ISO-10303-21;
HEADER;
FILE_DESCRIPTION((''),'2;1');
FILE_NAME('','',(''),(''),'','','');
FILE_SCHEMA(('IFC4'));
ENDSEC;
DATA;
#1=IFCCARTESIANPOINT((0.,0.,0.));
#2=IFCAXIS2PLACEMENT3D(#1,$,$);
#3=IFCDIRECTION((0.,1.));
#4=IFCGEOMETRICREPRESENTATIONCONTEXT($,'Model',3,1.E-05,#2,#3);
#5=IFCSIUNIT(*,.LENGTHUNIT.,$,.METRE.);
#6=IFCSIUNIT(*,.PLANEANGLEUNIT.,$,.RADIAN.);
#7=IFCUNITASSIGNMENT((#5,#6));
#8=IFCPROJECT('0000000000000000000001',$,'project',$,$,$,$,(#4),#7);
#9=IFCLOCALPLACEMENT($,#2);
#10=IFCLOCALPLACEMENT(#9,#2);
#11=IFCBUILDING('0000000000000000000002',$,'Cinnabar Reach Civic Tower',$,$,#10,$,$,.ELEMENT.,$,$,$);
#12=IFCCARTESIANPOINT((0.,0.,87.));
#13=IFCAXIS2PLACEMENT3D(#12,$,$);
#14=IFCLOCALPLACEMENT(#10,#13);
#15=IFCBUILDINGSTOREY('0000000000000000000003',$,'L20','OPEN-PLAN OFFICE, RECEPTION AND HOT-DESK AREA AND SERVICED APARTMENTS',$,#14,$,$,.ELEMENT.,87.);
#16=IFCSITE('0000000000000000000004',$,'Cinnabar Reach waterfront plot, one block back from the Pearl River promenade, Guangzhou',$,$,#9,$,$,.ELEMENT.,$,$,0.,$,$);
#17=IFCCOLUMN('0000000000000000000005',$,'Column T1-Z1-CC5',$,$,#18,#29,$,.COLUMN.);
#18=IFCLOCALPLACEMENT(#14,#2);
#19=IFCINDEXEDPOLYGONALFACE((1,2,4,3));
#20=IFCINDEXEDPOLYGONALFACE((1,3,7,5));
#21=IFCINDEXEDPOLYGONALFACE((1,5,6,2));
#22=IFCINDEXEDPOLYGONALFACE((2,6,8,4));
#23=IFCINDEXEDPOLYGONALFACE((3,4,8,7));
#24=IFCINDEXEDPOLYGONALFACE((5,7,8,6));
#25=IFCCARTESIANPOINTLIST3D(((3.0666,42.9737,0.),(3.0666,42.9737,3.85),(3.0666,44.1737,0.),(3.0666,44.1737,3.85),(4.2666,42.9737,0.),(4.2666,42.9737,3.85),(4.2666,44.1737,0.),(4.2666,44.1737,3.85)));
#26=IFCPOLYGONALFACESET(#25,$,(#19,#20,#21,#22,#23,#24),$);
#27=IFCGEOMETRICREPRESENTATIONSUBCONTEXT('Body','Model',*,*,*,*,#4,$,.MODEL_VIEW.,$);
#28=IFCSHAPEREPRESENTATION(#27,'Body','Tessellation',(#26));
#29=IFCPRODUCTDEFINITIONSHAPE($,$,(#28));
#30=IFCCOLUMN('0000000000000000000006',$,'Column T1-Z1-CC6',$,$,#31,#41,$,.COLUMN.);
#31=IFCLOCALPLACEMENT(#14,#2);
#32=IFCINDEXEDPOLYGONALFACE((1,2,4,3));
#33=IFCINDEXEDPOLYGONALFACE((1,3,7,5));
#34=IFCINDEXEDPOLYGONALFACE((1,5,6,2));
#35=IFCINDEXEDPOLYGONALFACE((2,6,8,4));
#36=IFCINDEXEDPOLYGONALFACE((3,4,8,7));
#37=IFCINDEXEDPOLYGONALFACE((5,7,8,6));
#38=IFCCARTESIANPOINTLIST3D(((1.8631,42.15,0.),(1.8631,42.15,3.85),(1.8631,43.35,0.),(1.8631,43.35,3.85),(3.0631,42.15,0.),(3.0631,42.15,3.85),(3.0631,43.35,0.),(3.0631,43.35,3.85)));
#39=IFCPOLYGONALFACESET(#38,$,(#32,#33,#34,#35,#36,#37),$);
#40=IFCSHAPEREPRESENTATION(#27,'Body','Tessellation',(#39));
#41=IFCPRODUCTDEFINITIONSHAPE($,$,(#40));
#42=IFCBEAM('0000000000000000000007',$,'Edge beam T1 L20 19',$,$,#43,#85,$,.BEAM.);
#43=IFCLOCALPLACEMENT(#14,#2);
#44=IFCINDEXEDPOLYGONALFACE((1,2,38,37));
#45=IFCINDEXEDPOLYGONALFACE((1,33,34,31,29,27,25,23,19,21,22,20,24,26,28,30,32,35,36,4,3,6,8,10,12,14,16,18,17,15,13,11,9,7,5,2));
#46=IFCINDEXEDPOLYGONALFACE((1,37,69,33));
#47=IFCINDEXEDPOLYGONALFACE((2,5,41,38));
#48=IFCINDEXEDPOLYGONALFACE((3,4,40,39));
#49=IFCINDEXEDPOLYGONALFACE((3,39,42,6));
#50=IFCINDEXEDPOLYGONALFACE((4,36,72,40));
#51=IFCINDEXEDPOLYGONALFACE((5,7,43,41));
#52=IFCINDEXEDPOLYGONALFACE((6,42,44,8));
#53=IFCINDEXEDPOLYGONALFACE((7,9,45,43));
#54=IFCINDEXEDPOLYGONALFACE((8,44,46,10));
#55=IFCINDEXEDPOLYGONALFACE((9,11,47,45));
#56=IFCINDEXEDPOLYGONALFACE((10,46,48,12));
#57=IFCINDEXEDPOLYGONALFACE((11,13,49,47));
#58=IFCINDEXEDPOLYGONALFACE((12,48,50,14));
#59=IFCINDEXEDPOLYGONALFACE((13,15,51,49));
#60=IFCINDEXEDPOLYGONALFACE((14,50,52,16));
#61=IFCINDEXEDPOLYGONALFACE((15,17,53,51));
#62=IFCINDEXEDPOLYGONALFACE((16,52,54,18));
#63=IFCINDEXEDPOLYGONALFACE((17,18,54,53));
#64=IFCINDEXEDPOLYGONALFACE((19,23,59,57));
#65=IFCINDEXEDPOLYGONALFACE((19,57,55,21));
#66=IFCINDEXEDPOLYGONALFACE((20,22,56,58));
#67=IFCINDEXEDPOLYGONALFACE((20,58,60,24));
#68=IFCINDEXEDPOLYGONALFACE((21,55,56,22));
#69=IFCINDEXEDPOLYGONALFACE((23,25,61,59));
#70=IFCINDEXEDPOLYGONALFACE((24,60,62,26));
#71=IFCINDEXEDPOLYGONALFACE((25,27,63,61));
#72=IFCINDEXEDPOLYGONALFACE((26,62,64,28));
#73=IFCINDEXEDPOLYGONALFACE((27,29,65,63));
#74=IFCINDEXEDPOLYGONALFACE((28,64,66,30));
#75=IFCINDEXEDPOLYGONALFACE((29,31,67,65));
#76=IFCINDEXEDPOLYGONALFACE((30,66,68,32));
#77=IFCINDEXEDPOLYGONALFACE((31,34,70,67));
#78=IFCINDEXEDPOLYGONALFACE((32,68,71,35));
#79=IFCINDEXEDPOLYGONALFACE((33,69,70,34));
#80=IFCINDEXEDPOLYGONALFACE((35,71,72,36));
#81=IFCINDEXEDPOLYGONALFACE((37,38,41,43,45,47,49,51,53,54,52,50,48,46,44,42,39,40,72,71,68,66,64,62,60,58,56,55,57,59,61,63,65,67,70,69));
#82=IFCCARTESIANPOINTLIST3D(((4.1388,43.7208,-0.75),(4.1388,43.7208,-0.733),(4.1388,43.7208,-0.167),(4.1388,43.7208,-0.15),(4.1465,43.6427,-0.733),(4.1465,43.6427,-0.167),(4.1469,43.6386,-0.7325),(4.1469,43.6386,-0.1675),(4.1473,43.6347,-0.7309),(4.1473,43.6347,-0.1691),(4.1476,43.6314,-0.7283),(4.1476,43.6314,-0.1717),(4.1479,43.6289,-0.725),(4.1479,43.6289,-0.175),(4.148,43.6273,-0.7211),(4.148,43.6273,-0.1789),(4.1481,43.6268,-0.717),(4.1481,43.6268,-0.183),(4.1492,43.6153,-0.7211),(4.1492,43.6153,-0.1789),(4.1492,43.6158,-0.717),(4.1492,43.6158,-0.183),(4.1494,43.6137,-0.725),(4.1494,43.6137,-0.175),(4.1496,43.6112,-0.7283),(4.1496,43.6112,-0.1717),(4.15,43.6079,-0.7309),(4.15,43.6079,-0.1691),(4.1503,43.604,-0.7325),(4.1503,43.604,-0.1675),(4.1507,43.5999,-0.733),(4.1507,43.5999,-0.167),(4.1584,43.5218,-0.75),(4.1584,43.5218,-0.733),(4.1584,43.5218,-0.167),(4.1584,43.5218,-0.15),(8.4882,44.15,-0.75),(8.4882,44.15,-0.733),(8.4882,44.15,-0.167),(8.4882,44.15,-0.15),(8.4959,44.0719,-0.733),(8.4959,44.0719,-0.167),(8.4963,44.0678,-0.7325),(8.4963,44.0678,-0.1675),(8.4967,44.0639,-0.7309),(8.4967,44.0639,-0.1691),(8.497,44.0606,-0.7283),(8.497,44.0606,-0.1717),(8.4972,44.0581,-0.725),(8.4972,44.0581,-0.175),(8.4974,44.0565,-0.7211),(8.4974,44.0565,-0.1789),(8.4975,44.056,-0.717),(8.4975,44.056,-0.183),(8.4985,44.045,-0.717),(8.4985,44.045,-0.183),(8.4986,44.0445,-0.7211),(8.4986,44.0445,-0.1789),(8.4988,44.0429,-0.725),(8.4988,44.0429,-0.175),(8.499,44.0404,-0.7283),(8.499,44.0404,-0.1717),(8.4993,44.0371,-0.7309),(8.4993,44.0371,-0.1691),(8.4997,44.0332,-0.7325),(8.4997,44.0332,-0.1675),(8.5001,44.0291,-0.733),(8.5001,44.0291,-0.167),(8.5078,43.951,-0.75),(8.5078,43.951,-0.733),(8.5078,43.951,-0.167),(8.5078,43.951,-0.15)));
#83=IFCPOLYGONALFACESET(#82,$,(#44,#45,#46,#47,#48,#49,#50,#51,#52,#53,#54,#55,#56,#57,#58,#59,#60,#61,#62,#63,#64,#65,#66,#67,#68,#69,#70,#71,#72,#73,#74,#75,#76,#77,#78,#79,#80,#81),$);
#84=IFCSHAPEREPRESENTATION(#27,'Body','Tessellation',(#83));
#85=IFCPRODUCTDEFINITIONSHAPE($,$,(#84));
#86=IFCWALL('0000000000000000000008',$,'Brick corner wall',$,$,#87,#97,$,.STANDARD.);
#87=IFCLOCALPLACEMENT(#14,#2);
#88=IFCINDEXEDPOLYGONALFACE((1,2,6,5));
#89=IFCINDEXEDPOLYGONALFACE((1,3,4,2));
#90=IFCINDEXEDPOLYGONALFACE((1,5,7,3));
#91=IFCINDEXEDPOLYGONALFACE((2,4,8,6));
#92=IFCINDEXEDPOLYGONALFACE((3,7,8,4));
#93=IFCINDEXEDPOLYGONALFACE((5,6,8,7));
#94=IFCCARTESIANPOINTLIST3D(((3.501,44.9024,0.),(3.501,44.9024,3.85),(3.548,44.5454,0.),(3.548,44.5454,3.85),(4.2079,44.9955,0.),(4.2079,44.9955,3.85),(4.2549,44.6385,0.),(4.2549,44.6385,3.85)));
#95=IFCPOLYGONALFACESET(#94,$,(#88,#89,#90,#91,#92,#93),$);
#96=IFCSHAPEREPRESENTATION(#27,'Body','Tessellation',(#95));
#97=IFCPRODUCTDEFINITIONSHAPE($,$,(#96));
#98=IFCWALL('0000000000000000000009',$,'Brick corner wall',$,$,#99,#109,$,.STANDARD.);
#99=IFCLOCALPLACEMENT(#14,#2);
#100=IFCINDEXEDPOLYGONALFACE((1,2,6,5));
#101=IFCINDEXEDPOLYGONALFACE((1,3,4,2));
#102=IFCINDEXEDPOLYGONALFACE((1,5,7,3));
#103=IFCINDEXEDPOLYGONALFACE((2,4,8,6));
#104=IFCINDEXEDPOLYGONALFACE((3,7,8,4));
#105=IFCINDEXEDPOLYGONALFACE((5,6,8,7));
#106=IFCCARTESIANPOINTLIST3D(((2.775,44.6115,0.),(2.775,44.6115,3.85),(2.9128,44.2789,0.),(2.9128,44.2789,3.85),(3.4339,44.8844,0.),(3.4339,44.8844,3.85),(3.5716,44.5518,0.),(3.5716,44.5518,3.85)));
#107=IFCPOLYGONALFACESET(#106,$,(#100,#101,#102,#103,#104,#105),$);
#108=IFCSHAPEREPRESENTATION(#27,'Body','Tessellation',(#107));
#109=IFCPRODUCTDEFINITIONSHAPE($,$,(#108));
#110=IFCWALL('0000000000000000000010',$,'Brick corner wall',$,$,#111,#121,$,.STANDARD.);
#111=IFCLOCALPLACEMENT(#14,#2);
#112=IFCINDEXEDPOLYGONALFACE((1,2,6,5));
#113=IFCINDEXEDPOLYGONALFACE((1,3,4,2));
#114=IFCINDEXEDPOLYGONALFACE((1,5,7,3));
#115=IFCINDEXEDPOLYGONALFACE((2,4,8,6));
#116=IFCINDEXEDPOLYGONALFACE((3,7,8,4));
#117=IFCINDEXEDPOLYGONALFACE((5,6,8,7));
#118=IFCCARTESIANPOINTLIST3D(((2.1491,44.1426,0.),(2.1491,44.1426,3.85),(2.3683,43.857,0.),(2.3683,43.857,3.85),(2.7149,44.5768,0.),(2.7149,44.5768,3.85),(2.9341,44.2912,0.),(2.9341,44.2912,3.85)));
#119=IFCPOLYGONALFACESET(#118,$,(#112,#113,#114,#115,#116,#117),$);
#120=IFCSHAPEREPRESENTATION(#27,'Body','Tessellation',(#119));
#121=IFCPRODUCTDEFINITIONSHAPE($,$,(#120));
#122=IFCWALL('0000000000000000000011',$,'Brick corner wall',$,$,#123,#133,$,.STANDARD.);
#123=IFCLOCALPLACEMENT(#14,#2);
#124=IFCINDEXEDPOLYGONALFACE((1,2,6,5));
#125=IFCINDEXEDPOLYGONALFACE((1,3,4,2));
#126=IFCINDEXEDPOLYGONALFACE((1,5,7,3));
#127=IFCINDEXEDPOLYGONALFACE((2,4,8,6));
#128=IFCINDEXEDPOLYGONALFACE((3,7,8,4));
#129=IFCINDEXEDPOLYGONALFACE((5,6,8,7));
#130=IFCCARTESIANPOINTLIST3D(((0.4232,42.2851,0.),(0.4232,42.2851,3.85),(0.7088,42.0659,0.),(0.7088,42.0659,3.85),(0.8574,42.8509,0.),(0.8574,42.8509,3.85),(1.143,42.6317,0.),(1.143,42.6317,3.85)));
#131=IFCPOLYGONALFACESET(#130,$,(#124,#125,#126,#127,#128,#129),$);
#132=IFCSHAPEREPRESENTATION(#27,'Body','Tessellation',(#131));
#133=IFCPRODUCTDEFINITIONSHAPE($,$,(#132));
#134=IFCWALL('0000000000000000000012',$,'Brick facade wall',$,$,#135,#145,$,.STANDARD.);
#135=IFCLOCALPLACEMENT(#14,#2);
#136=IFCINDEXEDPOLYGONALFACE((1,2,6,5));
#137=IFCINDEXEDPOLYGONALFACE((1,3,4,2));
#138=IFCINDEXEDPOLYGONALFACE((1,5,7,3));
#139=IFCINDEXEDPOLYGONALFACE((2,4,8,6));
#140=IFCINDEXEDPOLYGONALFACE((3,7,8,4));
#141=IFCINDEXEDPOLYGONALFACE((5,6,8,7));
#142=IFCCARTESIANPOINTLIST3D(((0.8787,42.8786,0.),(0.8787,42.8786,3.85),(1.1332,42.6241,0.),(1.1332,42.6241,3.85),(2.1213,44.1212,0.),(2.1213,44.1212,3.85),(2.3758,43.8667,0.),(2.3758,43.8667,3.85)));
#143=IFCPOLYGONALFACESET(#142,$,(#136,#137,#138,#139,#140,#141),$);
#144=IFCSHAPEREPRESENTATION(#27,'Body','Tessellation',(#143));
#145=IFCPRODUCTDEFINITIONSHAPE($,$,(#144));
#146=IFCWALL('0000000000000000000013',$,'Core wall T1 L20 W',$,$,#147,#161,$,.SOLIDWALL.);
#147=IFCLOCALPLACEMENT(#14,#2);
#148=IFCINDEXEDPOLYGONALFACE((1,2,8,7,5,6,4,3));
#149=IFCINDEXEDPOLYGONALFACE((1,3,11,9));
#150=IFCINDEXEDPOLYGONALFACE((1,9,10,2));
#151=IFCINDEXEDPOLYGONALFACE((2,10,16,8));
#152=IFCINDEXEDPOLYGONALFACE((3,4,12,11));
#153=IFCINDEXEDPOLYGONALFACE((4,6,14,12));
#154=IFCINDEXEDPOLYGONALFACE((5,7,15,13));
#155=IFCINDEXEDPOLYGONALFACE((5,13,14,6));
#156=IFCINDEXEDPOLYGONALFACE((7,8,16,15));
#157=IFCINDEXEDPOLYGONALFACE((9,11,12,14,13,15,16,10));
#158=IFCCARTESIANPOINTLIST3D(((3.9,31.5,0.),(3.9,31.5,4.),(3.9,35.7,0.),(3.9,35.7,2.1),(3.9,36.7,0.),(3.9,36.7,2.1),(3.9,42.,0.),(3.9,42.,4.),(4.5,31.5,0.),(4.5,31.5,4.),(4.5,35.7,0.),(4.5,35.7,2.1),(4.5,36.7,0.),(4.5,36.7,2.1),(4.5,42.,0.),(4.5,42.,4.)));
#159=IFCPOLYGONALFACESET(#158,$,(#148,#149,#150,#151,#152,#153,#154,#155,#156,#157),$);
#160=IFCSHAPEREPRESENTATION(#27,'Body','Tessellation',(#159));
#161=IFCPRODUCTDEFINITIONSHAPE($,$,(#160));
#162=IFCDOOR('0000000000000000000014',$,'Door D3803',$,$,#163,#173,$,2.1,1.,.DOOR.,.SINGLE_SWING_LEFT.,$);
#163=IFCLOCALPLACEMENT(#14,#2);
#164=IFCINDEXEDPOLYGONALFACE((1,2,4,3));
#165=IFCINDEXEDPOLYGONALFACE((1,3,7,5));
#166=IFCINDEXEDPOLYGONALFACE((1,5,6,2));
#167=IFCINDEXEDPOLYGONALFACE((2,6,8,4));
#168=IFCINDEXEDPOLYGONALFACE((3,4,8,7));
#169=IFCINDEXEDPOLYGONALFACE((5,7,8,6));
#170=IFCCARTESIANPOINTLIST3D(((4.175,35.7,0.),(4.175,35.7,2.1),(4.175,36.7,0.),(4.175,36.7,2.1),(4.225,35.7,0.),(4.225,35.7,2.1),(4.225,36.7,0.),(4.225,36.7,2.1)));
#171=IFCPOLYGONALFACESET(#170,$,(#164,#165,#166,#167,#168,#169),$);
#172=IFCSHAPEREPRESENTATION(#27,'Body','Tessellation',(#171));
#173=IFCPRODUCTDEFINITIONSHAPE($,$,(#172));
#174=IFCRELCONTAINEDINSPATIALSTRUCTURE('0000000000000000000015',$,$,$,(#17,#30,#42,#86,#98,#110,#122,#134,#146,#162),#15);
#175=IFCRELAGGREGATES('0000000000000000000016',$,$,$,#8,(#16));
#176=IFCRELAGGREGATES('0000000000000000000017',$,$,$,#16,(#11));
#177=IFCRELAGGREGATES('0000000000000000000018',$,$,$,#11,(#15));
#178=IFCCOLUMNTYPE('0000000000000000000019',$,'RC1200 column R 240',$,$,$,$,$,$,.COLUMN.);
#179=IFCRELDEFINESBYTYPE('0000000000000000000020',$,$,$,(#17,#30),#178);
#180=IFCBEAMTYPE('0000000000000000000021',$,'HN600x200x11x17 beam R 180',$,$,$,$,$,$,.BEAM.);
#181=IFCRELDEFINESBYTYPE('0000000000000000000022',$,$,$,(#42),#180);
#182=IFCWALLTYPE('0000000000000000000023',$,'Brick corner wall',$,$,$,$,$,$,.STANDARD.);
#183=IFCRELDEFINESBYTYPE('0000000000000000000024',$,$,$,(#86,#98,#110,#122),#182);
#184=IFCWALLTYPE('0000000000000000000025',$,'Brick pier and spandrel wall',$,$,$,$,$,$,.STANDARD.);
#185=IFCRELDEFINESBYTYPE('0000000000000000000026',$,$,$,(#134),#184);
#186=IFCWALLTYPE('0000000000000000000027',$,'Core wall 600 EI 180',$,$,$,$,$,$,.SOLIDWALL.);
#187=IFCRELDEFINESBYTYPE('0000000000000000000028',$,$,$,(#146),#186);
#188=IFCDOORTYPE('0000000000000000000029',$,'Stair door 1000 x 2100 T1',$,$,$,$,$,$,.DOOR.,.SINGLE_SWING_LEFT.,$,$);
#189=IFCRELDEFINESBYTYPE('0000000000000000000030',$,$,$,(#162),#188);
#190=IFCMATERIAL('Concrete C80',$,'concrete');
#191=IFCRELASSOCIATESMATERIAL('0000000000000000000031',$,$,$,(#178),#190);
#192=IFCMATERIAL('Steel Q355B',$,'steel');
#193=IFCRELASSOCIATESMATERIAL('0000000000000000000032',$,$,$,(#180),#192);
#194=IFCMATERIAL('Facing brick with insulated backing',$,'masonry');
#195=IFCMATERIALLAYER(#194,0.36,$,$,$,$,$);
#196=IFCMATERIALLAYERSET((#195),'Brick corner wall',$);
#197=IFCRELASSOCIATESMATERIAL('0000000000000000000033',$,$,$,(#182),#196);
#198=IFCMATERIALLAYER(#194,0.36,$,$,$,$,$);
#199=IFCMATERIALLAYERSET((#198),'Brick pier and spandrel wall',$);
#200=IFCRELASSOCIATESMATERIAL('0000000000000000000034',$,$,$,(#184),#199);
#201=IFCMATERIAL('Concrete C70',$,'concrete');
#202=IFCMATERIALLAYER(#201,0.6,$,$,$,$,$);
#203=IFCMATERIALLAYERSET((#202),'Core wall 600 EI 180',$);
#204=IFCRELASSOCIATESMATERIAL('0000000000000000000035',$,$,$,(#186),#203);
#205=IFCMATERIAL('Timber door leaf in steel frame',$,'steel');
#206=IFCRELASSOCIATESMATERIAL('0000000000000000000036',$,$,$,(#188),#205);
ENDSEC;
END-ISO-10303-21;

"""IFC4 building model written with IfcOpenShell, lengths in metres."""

from ifc_helpers import new_model, si_unit, direction, frame, frame_2d, origin, origin_2d, place, context, subcontext, project, spatial, rectangle, i_section, extrude, material, layer, layer_set, material_profile, profile_set, type_object, element, fill, save


model = new_model("IFC4")

# Units and contexts
model_context = context("Model", 3, precision=1e-05, world=origin(), true_north=direction((0.0, 1.0)))
body_context = subcontext(model_context, "Body", "Model", "MODEL_VIEW")
ifc_project = project(units=[si_unit("LENGTHUNIT", "METRE"), si_unit("PLANEANGLEUNIT", "RADIAN")], contexts=[model_context])

# Site, building, storey
site_placement = place(None, origin())
site = spatial("IfcSite", under=ifc_project, at=site_placement, Name="Cinnabar Reach waterfront plot, one block back from the Pearl River promenade, Guangzhou", CompositionType="ELEMENT", RefElevation=0.0)
building_placement = place(site_placement, origin())
building = spatial("IfcBuilding", under=site, at=building_placement, Name="Cinnabar Reach Civic Tower", CompositionType="ELEMENT")
storey_placement = place(building_placement, frame((0.0, 0.0, 87.0)))
storey = spatial("IfcBuildingStorey", under=building, at=storey_placement, Name="L20", Description="OPEN-PLAN OFFICE, RECEPTION AND HOT-DESK AREA AND SERVICED APARTMENTS", CompositionType="ELEMENT", Elevation=87.0)

# Columns
ifc_material_1 = material(Name="Concrete C80", Category="concrete")
ifc_material_profile_1 = material_profile(ifc_material_1, rectangle(XDim=1.2, YDim=1.2, at=origin_2d()), Name="RC1200")
ifc_profile_set_1 = profile_set([ifc_material_profile_1], Name="Concrete C80")
column_type = type_object("IfcColumnType", Name="RC1200 column R 240", PredefinedType="COLUMN", material=ifc_profile_set_1)
for number, where, z_axis, x_axis, name in (
    (1, (3.6666, 43.5737, 0.0), (0.0, 0.0, 1.0), (1.0, 0.0, 0.0), "Column T1-Z1-CC5"),
    (2, (2.4631, 42.75, 0.0), (0.0, 0.0, 1.0), (1.0, 0.0, 0.0), "Column T1-Z1-CC6"),
):
    element("IfcColumn", number, at=place(storey_placement, frame(where, z_axis=z_axis, x_axis=x_axis)), inside=storey, type_object=column_type, Name=name, PredefinedType="COLUMN", context=body_context, shape_type="SweptSolid", body=[
        extrude(rectangle(XDim=1.2, YDim=1.2, at=origin_2d()), origin(), (0.0, 0.0, 1.0), 3.85),
    ])

# Beam
ifc_material_2 = material(Name="Steel Q355B", Category="steel")
ifc_material_profile_2 = material_profile(ifc_material_2, i_section(OverallWidth=0.2, OverallDepth=0.6, WebThickness=0.011, FlangeThickness=0.017, FilletRadius=0.016, at=origin_2d()), Name="HN600x200x11x17")
ifc_profile_set_2 = profile_set([ifc_material_profile_2], Name="Steel Q355B")
beam_type = type_object("IfcBeamType", Name="HN600x200x11x17 beam R 180", PredefinedType="BEAM", material=ifc_profile_set_2)
beam_placement = place(storey_placement, frame((8.498, 44.0505, -0.45), z_axis=(-0.995166, -0.098203, 0.0), x_axis=(0.098203, -0.995166, 0.0)))
element("IfcBeam", 3, at=beam_placement, inside=storey, type_object=beam_type, Name="Edge beam T1 L20 19", PredefinedType="BEAM", context=body_context, shape_type="SweptSolid", body=[
    extrude(i_section(OverallWidth=0.2, OverallDepth=0.6, WebThickness=0.011, FlangeThickness=0.017, FilletRadius=0.016, at=origin_2d()), origin(), (0.0, 0.0, 1.0), 4.3705),
])

# Walls
ifc_material_3 = material(Name="Facing brick with insulated backing", Category="masonry")
ifc_layer_1 = layer(ifc_material_3, 0.36)
ifc_layer_set_1 = layer_set([ifc_layer_1], Name="Brick corner wall")
wall_type_1 = type_object("IfcWallType", Name="Brick corner wall", PredefinedType="STANDARD", material=ifc_layer_set_1)
for number, where, z_axis, x_axis, name in (
    (4, (4.2314, 44.817, 0.0), (0.0, 0.0, 1.0), (-0.991441, -0.130556, 0.0), "Brick corner wall"),
    (5, (3.5027, 44.7181, 0.0), (0.0, 0.0, 1.0), (-0.923872, -0.382703, 0.0), "Brick corner wall"),
):
    element("IfcWall", number, at=place(storey_placement, frame(where, z_axis=z_axis, x_axis=x_axis)), inside=storey, type_object=wall_type_1, Name=name, PredefinedType="STANDARD", context=body_context, shape_type="SweptSolid", body=[
        extrude(rectangle(XDim=0.7131, YDim=0.36, at=frame_2d((0.3565, 0.0))), origin(), (0.0, 0.0, 1.0), 3.85),
    ])
for number, where, z_axis, x_axis, name in (
    (6, (2.8245, 44.434, 0.0), (0.0, 0.0, 1.0), (-0.793322, -0.608802, 0.0), "Brick corner wall"),
    (7, (1.0002, 42.7413, 0.0), (0.0, 0.0, 1.0), (-0.608802, -0.793322, 0.0), "Brick corner wall"),
):
    element("IfcWall", number, at=place(storey_placement, frame(where, z_axis=z_axis, x_axis=x_axis)), inside=storey, type_object=wall_type_1, Name=name, PredefinedType="STANDARD", context=body_context, shape_type="SweptSolid", body=[
        extrude(rectangle(XDim=0.7132, YDim=0.36, at=frame_2d((0.3566, 0.0))), origin(), (0.0, 0.0, 1.0), 3.85),
    ])
ifc_layer_2 = layer(ifc_material_3, 0.36)
ifc_layer_set_2 = layer_set([ifc_layer_2], Name="Brick pier and spandrel wall")
wall_type_2 = type_object("IfcWallType", Name="Brick pier and spandrel wall", PredefinedType="STANDARD", material=ifc_layer_set_2)
wall_1_placement = place(storey_placement, frame((2.2486, 43.994, 0.0), z_axis=(0.0, 0.0, 1.0), x_axis=(-0.707107, -0.707107, 0.0)))
element("IfcWall", 8, at=wall_1_placement, inside=storey, type_object=wall_type_2, Name="Brick facade wall", PredefinedType="STANDARD", context=body_context, shape_type="SweptSolid", body=[
    extrude(rectangle(XDim=1.7573, YDim=0.36, at=frame_2d((0.8787, 0.0))), origin(), (0.0, 0.0, 1.0), 3.85),
])

# Wall, opening, door
ifc_material_4 = material(Name="Concrete C70", Category="concrete")
ifc_layer_3 = layer(ifc_material_4, 0.6)
ifc_layer_set_3 = layer_set([ifc_layer_3], Name="Core wall 600 EI 180")
wall_type_3 = type_object("IfcWallType", Name="Core wall 600 EI 180", PredefinedType="SOLIDWALL", material=ifc_layer_set_3)
wall_2_placement = place(storey_placement, frame((4.2, 42.0, 0.0), z_axis=(0.0, 0.0, 1.0), x_axis=(0.0, -1.0, 0.0)))
wall_2 = element("IfcWall", 9, at=wall_2_placement, inside=storey, type_object=wall_type_3, Name="Core wall T1 L20 W", PredefinedType="SOLIDWALL", context=body_context, shape_type="SweptSolid", body=[
    extrude(rectangle(XDim=10.5, YDim=0.6, at=frame_2d((5.25, 0.0))), origin(), (0.0, 0.0, 1.0), 4.0),
])
opening_1_placement = place(wall_2_placement, frame((5.3, 0.0, 0.0)))
opening_1 = element("IfcOpeningElement", 10, at=opening_1_placement, cuts=wall_2, PredefinedType="OPENING", context=body_context, shape_type="SweptSolid", body=[
    extrude(rectangle(XDim=1.0, YDim=2.1, at=frame_2d((0.5, 1.05))), frame((0.0, 0.31, 0.0), z_axis=(0.0, -1.0, 0.0), x_axis=(1.0, 0.0, 0.0)), (0.0, 0.0, 1.0), 0.62),
])
ifc_material_5 = material(Name="Timber door leaf in steel frame", Category="steel")
door_type_1 = type_object("IfcDoorType", Name="Stair door 1000 x 2100 T1", OperationType="SINGLE_SWING_LEFT", PredefinedType="DOOR", material=ifc_material_5)
door_1_placement = place(opening_1_placement, frame((1.0, 0.0, 0.0), z_axis=(0.0, 0.0, 1.0), x_axis=(-1.0, 0.0, 0.0)))
door_1 = element("IfcDoor", 11, at=door_1_placement, inside=storey, type_object=door_type_1, Name="Door D3803", OperationType="SINGLE_SWING_LEFT", OverallHeight=2.1, OverallWidth=1.0, PredefinedType="DOOR", context=body_context, shape_type="SweptSolid", body=[
    extrude(rectangle(XDim=1.0, YDim=2.1, at=frame_2d((0.5, 1.05))), frame((0.0, 0.025, 0.0), z_axis=(0.0, -1.0, 0.0), x_axis=(1.0, 0.0, 0.0)), (0.0, 0.0, 1.0), 0.05),
])
fill(opening_1, door_1)

save(model, "model.ifc")
